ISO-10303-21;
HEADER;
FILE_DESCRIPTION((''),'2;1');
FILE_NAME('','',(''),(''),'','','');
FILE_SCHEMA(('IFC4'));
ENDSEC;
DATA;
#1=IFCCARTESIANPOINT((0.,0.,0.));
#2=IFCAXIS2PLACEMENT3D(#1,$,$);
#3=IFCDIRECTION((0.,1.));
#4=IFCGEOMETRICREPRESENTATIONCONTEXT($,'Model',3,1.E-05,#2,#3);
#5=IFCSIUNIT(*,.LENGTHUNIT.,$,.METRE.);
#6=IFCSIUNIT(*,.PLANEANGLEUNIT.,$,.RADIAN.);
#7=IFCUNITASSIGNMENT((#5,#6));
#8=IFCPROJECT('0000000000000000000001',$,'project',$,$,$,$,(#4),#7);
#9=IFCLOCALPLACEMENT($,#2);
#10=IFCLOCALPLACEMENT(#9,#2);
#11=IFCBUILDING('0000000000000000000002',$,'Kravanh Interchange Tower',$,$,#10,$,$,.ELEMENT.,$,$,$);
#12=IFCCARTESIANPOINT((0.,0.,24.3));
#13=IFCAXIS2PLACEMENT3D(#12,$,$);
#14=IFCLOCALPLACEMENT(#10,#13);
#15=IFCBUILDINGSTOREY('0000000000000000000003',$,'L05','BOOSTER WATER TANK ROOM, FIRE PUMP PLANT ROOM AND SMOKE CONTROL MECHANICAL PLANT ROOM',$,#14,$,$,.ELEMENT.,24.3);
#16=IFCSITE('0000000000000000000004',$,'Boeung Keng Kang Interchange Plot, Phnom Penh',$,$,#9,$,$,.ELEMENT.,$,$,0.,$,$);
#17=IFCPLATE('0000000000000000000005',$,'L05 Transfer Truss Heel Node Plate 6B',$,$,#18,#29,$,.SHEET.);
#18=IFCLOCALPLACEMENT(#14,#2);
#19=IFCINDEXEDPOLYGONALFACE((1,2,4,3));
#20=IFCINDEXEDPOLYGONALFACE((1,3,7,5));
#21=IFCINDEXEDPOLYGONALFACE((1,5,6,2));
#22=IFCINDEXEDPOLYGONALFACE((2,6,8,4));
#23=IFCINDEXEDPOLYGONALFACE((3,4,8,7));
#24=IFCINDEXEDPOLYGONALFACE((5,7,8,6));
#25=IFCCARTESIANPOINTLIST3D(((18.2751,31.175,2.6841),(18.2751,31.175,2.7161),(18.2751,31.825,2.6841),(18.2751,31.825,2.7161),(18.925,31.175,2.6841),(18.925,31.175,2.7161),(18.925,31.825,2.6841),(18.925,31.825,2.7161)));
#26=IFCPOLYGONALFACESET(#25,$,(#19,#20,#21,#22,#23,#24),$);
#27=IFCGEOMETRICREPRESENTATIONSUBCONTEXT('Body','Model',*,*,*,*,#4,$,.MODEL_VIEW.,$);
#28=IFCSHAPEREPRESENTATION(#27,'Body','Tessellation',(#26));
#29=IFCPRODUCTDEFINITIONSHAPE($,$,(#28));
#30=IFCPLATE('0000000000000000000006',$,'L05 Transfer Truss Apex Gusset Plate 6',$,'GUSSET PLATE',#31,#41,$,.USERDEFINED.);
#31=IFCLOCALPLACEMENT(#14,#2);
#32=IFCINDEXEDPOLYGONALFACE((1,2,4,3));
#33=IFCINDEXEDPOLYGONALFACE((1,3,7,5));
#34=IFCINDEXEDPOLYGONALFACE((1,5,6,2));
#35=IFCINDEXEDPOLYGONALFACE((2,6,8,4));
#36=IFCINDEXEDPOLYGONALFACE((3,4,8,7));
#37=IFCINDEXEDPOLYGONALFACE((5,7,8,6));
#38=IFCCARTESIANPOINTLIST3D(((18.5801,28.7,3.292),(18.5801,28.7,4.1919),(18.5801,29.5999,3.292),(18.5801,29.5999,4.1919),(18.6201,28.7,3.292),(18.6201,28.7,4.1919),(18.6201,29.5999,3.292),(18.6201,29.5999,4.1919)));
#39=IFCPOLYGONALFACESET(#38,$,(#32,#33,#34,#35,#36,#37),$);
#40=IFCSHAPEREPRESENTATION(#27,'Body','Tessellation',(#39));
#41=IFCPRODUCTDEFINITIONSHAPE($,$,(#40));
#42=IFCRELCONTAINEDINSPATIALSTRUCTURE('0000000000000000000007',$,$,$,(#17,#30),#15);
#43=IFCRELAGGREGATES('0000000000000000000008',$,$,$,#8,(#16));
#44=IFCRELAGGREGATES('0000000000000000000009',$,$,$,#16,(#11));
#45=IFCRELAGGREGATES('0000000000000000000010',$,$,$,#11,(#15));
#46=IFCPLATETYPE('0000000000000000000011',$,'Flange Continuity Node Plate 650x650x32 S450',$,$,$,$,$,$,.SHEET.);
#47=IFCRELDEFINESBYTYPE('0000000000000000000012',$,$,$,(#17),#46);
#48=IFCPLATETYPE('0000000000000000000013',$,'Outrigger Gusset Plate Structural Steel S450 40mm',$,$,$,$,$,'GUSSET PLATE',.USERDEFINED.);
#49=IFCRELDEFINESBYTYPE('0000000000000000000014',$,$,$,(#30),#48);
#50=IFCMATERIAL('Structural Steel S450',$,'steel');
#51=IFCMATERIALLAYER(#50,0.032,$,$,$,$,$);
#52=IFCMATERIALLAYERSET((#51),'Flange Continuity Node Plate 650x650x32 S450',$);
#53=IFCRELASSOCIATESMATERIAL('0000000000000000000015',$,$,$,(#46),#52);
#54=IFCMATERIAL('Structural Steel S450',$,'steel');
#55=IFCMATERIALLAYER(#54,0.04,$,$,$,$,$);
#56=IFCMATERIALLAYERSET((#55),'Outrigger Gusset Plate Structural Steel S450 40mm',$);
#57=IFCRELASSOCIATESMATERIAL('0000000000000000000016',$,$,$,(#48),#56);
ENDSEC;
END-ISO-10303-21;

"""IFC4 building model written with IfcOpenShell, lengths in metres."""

from ifc_helpers import new_model, si_unit, direction, frame, origin, origin_2d, place, context, subcontext, project, spatial, rectangle, extrude, material, layer, layer_set, type_object, element, save


model = new_model("IFC4")

# Units and contexts
model_context = context("Model", 3, precision=1e-05, world=origin(), true_north=direction((0.0, 1.0)))
body_context = subcontext(model_context, "Body", "Model", "MODEL_VIEW")
ifc_project = project(units=[si_unit("LENGTHUNIT", "METRE"), si_unit("PLANEANGLEUNIT", "RADIAN")], contexts=[model_context])

# Site, building, storey
site_placement = place(None, origin())
site = spatial("IfcSite", under=ifc_project, at=site_placement, Name="Boeung Keng Kang Interchange Plot, Phnom Penh", CompositionType="ELEMENT", RefElevation=0.0)
building_placement = place(site_placement, origin())
building = spatial("IfcBuilding", under=site, at=building_placement, Name="Kravanh Interchange Tower", CompositionType="ELEMENT")
storey_placement = place(building_placement, frame((0.0, 0.0, 24.3)))
storey = spatial("IfcBuildingStorey", under=building, at=storey_placement, Name="L05", Description="BOOSTER WATER TANK ROOM, FIRE PUMP PLANT ROOM AND SMOKE CONTROL MECHANICAL PLANT ROOM", CompositionType="ELEMENT", Elevation=24.3)

# Plates
ifc_material_1 = material(Name="Structural Steel S450", Category="steel")
ifc_layer_1 = layer(ifc_material_1, 0.032)
ifc_layer_set_1 = layer_set([ifc_layer_1], Name="Flange Continuity Node Plate 650x650x32 S450")
plate_type_1 = type_object("IfcPlateType", Name="Flange Continuity Node Plate 650x650x32 S450", PredefinedType="SHEET", material=ifc_layer_set_1)
plate_1_placement = place(storey_placement, frame((18.6001, 31.5, 2.6841), z_axis=(0.0, 0.0, 1.0), x_axis=(1.0, 0.0, 0.0)))
element("IfcPlate", 1, at=plate_1_placement, inside=storey, type_object=plate_type_1, Name="L05 Transfer Truss Heel Node Plate 6B", PredefinedType="SHEET", context=body_context, shape_type="SweptSolid", body=[
    extrude(rectangle(XDim=0.6499, YDim=0.6499, at=origin_2d()), origin(), (0.0, 0.0, 1.0), 0.032),
])
ifc_material_2 = material(Name="Structural Steel S450", Category="steel")
ifc_layer_2 = layer(ifc_material_2, 0.04)
ifc_layer_set_2 = layer_set([ifc_layer_2], Name="Outrigger Gusset Plate Structural Steel S450 40mm")
plate_type_2 = type_object("IfcPlateType", Name="Outrigger Gusset Plate Structural Steel S450 40mm", ElementType="GUSSET PLATE", PredefinedType="USERDEFINED", material=ifc_layer_set_2)
plate_2_placement = place(storey_placement, frame((18.6001, 29.1499, 3.292), z_axis=(0.0, 0.0, 1.0), x_axis=(0.0, 1.0, 0.0)))
element("IfcPlate", 2, at=plate_2_placement, inside=storey, type_object=plate_type_2, Name="L05 Transfer Truss Apex Gusset Plate 6", ObjectType="GUSSET PLATE", PredefinedType="USERDEFINED", context=body_context, shape_type="SweptSolid", body=[
    extrude(rectangle(XDim=0.8999, YDim=0.04, at=origin_2d()), origin(), (0.0, 0.0, 1.0), 0.8999),
])

save(model, "model.ifc")
